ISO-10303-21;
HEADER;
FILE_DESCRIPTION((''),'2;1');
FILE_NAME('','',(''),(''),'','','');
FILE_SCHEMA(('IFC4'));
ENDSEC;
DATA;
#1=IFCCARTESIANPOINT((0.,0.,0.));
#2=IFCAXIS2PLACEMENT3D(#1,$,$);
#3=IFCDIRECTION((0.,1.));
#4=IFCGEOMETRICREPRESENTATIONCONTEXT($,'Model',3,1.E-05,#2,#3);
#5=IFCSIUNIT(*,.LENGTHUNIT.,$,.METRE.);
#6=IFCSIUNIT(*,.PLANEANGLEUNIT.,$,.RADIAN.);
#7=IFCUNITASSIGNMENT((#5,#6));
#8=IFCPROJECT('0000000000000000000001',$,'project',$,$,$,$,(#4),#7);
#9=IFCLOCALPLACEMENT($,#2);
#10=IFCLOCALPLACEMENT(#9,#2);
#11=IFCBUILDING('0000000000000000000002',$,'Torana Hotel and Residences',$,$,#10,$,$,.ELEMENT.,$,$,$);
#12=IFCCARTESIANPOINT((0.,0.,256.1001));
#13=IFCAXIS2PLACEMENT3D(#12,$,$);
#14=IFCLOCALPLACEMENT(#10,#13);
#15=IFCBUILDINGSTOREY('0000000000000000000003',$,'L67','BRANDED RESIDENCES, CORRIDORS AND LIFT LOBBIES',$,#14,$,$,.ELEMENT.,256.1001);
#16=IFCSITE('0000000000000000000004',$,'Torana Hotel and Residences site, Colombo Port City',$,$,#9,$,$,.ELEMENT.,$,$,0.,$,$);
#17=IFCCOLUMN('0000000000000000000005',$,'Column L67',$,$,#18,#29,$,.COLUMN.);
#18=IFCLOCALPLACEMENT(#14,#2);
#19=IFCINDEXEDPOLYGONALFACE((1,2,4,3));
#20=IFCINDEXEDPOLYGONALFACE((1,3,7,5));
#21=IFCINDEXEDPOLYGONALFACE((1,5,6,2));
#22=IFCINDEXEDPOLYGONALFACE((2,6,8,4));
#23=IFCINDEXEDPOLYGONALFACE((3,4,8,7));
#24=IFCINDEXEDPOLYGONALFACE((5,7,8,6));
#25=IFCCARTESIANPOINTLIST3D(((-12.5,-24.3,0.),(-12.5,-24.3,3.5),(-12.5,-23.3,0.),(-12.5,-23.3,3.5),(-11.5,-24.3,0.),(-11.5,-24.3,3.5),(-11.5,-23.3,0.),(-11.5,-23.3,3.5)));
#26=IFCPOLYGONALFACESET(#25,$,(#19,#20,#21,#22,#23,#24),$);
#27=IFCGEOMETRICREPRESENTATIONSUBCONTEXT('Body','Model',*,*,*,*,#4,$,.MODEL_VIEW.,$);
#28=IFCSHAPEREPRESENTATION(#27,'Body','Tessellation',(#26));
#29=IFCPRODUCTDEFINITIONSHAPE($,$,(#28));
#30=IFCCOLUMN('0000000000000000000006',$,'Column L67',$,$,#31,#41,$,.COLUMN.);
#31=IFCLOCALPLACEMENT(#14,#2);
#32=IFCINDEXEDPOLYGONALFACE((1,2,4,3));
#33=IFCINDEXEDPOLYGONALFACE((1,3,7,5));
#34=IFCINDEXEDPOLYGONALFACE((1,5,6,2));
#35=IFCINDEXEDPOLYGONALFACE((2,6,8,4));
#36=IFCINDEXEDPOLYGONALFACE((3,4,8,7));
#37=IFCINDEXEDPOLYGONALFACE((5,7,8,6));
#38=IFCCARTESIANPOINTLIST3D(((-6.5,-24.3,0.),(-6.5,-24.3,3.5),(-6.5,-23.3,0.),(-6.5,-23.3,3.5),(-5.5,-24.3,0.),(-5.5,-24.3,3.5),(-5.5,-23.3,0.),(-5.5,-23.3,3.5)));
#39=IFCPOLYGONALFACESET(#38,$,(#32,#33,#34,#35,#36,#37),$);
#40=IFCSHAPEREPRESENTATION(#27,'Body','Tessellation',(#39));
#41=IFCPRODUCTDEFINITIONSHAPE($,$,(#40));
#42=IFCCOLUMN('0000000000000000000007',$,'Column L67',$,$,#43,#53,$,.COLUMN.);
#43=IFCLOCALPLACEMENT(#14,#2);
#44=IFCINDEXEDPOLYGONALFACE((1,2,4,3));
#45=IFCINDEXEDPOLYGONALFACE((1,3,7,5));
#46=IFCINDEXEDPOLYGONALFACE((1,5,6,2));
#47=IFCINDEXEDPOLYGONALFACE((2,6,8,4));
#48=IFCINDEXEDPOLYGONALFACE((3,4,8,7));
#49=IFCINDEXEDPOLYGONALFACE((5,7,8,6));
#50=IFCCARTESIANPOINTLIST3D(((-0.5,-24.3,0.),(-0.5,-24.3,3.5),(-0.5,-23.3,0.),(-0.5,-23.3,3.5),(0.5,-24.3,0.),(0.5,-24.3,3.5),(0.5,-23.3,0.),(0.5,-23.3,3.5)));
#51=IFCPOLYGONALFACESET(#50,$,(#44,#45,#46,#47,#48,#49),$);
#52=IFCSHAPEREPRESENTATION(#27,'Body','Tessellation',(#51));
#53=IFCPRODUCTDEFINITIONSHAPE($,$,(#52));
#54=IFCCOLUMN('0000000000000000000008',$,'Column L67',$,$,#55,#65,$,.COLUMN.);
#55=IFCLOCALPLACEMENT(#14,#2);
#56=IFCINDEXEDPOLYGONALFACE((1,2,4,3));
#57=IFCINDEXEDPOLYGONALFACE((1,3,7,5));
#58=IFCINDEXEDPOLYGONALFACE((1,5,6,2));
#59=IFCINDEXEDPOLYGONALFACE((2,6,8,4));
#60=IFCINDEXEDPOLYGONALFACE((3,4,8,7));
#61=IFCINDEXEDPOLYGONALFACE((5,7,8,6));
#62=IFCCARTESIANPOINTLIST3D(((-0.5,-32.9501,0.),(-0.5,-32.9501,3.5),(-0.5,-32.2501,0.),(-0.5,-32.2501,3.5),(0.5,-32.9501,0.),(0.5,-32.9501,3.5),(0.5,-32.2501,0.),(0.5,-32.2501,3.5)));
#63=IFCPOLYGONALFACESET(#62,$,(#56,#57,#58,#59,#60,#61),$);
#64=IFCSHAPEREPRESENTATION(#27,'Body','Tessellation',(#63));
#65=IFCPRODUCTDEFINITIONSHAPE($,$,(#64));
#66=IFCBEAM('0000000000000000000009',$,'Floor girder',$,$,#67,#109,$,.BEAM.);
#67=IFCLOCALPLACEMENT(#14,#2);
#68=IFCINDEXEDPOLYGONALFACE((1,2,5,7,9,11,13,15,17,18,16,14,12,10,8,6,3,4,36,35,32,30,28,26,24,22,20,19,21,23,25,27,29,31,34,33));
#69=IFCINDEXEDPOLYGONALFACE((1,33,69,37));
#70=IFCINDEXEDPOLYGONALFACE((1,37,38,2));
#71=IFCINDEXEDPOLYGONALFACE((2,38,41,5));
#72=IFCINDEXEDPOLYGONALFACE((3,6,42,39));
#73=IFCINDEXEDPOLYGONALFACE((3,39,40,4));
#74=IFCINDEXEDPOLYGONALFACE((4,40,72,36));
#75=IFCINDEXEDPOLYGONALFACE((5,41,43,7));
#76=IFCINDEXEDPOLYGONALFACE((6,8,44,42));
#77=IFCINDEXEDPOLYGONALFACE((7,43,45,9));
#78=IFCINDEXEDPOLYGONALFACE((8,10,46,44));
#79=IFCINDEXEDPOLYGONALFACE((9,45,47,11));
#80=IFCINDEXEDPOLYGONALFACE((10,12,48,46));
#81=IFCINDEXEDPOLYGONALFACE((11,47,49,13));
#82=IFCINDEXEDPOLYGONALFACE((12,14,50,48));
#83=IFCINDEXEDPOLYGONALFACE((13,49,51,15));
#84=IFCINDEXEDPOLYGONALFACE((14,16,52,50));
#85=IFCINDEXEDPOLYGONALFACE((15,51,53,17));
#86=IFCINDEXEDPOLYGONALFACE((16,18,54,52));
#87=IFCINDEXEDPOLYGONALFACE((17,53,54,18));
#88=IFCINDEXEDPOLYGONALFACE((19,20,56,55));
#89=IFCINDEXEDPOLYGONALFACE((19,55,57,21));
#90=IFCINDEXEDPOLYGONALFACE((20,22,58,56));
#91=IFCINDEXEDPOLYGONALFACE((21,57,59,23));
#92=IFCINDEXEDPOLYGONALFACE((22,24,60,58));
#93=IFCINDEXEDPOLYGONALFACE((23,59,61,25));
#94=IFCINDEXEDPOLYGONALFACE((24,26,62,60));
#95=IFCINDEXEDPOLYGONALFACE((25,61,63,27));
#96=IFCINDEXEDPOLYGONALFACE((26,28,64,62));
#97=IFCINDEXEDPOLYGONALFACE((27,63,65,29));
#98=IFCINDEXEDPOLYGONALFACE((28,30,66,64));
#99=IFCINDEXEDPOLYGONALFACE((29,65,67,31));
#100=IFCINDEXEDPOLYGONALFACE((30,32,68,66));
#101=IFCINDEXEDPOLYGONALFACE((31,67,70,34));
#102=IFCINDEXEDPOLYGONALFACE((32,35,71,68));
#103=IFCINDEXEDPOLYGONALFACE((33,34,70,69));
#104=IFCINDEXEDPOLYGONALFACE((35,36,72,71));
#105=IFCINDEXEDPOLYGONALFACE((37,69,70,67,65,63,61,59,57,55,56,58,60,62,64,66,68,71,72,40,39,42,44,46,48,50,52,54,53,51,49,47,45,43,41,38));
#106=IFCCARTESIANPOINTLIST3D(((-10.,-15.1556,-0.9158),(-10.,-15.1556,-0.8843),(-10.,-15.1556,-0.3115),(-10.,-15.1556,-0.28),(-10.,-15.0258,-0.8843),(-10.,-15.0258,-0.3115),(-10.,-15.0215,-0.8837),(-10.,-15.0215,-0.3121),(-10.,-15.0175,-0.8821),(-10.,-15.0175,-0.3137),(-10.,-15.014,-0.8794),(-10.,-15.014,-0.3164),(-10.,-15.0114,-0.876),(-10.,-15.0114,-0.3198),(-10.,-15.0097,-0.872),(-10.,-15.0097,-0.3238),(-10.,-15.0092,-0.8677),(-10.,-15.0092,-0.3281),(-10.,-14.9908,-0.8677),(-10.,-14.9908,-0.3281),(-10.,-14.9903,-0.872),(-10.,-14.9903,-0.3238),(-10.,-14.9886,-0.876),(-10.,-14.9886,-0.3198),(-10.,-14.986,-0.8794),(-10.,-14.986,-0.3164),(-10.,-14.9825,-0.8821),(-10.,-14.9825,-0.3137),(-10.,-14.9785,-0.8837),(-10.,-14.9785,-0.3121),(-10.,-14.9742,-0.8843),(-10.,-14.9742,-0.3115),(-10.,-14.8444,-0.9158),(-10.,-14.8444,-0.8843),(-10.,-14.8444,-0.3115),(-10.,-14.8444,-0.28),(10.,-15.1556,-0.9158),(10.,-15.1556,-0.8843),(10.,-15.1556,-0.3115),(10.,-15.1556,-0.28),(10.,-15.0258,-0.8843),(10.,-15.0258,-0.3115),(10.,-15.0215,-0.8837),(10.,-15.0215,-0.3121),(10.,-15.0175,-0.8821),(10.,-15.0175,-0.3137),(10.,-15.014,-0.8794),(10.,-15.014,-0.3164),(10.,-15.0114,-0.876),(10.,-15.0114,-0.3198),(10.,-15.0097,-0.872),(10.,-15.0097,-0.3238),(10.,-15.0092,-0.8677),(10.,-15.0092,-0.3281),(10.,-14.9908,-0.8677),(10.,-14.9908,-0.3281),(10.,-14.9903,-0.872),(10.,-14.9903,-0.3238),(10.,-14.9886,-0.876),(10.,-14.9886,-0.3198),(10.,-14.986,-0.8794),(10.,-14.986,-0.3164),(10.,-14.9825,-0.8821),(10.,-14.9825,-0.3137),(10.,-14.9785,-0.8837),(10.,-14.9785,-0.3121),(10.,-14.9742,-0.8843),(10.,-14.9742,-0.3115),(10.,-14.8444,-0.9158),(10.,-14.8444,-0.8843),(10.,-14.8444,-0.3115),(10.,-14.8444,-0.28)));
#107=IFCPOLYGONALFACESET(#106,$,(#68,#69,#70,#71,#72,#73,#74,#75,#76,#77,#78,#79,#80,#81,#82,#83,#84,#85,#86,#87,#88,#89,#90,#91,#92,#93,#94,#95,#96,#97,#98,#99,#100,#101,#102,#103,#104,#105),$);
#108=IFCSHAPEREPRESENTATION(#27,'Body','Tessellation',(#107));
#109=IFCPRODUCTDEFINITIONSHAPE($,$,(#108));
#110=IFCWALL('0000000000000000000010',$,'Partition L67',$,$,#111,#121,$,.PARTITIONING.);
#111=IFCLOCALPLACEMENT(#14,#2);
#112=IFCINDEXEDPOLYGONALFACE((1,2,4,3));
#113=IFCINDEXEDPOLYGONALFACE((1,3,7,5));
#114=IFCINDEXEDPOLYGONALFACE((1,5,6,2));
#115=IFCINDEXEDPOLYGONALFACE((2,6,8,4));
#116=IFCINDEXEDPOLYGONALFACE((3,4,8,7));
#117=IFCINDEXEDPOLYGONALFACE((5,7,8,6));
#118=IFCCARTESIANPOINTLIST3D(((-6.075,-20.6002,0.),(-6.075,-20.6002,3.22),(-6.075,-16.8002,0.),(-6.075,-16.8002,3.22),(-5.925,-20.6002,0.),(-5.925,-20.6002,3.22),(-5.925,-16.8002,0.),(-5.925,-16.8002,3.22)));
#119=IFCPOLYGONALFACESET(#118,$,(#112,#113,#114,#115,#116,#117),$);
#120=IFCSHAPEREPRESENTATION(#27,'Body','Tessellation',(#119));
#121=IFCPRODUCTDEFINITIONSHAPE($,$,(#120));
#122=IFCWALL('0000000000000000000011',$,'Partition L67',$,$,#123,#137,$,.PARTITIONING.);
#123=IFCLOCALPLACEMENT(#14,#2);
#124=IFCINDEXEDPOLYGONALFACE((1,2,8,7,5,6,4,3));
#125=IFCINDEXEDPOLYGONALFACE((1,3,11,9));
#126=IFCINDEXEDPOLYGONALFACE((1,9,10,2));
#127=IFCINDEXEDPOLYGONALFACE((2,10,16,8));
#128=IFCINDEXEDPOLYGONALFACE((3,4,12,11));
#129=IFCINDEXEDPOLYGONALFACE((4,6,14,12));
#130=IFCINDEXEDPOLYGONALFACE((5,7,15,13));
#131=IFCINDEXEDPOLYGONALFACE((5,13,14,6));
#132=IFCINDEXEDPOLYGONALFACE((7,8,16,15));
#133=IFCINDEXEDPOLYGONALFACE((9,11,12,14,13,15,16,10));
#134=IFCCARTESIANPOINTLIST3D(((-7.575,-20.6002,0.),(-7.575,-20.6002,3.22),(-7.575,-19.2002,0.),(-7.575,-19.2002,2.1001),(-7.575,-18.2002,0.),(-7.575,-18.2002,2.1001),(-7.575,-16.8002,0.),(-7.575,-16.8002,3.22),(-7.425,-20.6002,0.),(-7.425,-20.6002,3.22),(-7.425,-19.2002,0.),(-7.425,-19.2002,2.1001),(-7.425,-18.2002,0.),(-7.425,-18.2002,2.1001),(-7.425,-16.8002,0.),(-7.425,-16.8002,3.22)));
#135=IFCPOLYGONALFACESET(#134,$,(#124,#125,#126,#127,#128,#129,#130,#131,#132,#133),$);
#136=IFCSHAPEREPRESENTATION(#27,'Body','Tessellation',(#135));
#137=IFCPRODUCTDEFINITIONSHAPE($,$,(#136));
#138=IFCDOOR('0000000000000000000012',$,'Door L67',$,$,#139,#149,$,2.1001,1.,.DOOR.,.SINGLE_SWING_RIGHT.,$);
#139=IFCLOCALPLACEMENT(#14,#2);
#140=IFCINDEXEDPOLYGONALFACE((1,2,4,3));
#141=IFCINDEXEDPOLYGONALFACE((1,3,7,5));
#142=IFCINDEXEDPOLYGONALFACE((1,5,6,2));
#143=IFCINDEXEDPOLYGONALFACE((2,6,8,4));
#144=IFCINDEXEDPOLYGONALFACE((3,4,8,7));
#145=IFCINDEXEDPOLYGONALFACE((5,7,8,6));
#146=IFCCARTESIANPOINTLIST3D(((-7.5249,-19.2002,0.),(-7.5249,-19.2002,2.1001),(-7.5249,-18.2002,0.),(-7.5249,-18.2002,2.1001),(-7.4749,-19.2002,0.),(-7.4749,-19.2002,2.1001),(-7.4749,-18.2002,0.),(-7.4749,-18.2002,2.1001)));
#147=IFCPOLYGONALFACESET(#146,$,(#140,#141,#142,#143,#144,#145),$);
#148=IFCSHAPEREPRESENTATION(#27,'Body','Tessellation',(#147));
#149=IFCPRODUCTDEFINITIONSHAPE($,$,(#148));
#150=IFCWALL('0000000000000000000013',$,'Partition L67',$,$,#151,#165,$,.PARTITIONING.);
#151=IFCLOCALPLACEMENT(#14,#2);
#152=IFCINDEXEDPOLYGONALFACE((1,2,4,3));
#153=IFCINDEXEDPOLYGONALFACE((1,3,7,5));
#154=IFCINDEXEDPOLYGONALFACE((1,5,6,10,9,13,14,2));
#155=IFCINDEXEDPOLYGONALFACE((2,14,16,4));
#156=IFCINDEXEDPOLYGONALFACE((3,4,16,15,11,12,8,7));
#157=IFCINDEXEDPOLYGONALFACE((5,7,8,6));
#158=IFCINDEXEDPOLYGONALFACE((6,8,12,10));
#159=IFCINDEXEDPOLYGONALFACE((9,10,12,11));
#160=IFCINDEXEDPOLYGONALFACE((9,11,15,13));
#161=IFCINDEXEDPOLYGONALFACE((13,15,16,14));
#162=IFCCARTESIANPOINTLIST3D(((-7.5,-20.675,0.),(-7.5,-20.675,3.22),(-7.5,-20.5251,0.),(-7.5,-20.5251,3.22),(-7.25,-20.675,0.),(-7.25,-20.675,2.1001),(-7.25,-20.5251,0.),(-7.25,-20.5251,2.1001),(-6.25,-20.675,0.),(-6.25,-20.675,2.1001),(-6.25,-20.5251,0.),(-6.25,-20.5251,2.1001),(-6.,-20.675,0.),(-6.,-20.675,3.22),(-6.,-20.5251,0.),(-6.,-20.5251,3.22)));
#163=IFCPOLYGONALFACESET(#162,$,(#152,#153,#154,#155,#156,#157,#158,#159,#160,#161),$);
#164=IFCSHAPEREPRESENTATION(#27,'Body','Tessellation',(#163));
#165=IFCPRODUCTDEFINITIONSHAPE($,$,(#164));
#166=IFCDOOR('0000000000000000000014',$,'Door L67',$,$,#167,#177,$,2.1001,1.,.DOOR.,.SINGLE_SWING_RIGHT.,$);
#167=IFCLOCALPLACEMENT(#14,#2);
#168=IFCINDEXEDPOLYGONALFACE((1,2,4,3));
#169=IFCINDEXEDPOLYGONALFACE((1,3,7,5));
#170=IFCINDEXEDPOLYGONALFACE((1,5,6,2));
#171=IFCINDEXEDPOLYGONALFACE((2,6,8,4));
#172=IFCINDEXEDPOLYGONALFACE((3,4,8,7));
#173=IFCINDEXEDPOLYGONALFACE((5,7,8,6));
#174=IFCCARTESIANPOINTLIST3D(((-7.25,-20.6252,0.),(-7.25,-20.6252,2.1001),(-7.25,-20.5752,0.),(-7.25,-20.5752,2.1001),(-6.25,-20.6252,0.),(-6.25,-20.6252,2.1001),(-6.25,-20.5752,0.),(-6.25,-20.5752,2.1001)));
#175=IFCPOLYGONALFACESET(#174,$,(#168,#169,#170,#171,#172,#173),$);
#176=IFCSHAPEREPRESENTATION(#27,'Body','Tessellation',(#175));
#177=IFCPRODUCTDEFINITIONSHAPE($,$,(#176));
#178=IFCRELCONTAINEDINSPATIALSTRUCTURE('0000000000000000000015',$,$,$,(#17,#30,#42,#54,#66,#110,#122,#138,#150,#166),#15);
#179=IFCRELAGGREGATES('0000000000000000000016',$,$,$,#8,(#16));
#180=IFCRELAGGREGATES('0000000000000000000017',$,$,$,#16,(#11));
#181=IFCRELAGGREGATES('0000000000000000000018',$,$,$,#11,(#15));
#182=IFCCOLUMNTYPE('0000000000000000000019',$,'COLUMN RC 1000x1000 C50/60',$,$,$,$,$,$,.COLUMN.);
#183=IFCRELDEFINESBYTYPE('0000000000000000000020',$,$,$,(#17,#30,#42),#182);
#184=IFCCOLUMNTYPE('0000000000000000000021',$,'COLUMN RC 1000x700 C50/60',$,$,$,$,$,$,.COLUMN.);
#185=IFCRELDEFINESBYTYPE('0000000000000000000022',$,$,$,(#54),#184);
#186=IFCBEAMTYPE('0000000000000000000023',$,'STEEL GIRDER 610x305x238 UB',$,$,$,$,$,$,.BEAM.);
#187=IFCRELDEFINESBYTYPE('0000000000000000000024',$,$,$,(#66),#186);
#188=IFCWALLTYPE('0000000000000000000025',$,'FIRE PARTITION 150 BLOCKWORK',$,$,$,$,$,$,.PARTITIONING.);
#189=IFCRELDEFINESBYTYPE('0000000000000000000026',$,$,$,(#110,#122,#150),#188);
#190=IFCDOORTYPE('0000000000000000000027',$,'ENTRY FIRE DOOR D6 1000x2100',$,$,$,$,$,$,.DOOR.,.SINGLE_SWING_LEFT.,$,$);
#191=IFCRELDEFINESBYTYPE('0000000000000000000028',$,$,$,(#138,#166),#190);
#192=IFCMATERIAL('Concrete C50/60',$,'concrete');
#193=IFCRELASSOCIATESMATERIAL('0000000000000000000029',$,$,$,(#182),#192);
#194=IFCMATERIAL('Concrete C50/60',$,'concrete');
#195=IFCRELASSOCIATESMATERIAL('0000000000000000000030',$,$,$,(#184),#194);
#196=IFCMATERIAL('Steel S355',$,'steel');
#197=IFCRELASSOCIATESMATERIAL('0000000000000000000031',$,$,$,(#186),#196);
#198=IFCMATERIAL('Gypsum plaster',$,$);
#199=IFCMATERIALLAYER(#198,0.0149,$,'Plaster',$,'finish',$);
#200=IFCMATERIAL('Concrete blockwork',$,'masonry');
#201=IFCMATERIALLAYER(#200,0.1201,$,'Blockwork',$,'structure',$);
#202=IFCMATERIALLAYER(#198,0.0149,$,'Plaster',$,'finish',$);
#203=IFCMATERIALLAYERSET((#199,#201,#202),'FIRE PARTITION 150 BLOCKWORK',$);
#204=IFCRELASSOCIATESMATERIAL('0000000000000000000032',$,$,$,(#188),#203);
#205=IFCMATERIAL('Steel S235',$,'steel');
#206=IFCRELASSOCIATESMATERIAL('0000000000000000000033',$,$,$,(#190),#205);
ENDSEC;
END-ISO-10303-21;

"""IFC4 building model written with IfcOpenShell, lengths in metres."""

from ifc_helpers import new_model, si_unit, direction, frame, frame_2d, origin, origin_2d, place, context, subcontext, project, spatial, rectangle, i_section, extrude, material, layer, layer_set, material_profile, profile_set, type_object, element, fill, save


model = new_model("IFC4")

# Units and contexts
model_context = context("Model", 3, precision=1e-05, world=origin(), true_north=direction((0.0, 1.0)))
body_context = subcontext(model_context, "Body", "Model", "MODEL_VIEW")
ifc_project = project(units=[si_unit("LENGTHUNIT", "METRE"), si_unit("PLANEANGLEUNIT", "RADIAN")], contexts=[model_context])

# Site, building, storey
site_placement = place(None, origin())
site = spatial("IfcSite", under=ifc_project, at=site_placement, Name="Torana Hotel and Residences site, Colombo Port City", CompositionType="ELEMENT", RefElevation=0.0)
building_placement = place(site_placement, origin())
building = spatial("IfcBuilding", under=site, at=building_placement, Name="Torana Hotel and Residences", CompositionType="ELEMENT")
storey_placement = place(building_placement, frame((0.0, 0.0, 256.1001)))
storey = spatial("IfcBuildingStorey", under=building, at=storey_placement, Name="L67", Description="BRANDED RESIDENCES, CORRIDORS AND LIFT LOBBIES", CompositionType="ELEMENT", Elevation=256.1001)

# Columns
ifc_material_1 = material(Name="Concrete C50/60", Category="concrete")
ifc_material_profile_1 = material_profile(ifc_material_1, rectangle(XDim=1.0, YDim=1.0, at=origin_2d()), Name="RC 1000x1000")
ifc_profile_set_1 = profile_set([ifc_material_profile_1], Name="Concrete C50/60")
column_type_1 = type_object("IfcColumnType", Name="COLUMN RC 1000x1000 C50/60", PredefinedType="COLUMN", material=ifc_profile_set_1)
for number, where, z_axis, x_axis, name in (
    (1, (-12.0, -23.8, 0.0), (0.0, 0.0, 1.0), (1.0, 0.0, 0.0), "Column L67"),
    (2, (-6.0, -23.8, 0.0), (0.0, 0.0, 1.0), (1.0, 0.0, 0.0), "Column L67"),
    (3, (0.0, -23.8, 0.0), (0.0, 0.0, 1.0), (1.0, 0.0, 0.0), "Column L67"),
):
    element("IfcColumn", number, at=place(storey_placement, frame(where, z_axis=z_axis, x_axis=x_axis)), inside=storey, type_object=column_type_1, Name=name, PredefinedType="COLUMN", context=body_context, shape_type="SweptSolid", body=[
        extrude(rectangle(XDim=1.0, YDim=1.0, at=origin_2d()), origin(), (0.0, 0.0, 1.0), 3.5),
    ])
ifc_material_2 = material(Name="Concrete C50/60", Category="concrete")
ifc_material_profile_2 = material_profile(ifc_material_2, rectangle(XDim=1.0, YDim=0.7, at=origin_2d()), Name="RC 1000x700")
ifc_profile_set_2 = profile_set([ifc_material_profile_2], Name="Concrete C50/60")
column_type_2 = type_object("IfcColumnType", Name="COLUMN RC 1000x700 C50/60", PredefinedType="COLUMN", material=ifc_profile_set_2)
column_placement = place(storey_placement, frame((0.0, -32.6001, 0.0), z_axis=(0.0, 0.0, 1.0), x_axis=(1.0, 0.0, 0.0)))
element("IfcColumn", 4, at=column_placement, inside=storey, type_object=column_type_2, Name="Column L67", PredefinedType="COLUMN", context=body_context, shape_type="SweptSolid", body=[
    extrude(rectangle(XDim=1.0, YDim=0.7, at=origin_2d()), origin(), (0.0, 0.0, 1.0), 3.5),
])

# Beam
ifc_material_3 = material(Name="Steel S355", Category="steel")
ifc_material_profile_3 = material_profile(ifc_material_3, i_section(OverallWidth=0.3113, OverallDepth=0.6357, WebThickness=0.0183, FlangeThickness=0.0315, FilletRadius=0.0166, at=origin_2d()), Name="610x305x238 UB")
ifc_profile_set_3 = profile_set([ifc_material_profile_3], Name="Steel S355")
beam_type = type_object("IfcBeamType", Name="STEEL GIRDER 610x305x238 UB", PredefinedType="BEAM", material=ifc_profile_set_3)
beam_placement = place(storey_placement, frame((-10.0, -15.0, -0.5979), z_axis=(1.0, 0.0, 0.0), x_axis=(0.0, 1.0, 0.0)))
element("IfcBeam", 5, at=beam_placement, inside=storey, type_object=beam_type, Name="Floor girder", PredefinedType="BEAM", context=body_context, shape_type="SweptSolid", body=[
    extrude(i_section(OverallWidth=0.3113, OverallDepth=0.6357, WebThickness=0.0183, FlangeThickness=0.0315, FilletRadius=0.0166, at=origin_2d()), origin(), (0.0, 0.0, 1.0), 20.0),
])

# Wall
ifc_material_4 = material(Name="Gypsum plaster")
ifc_layer_1 = layer(ifc_material_4, 0.0149, Name="Plaster", Category="finish")
ifc_material_5 = material(Name="Concrete blockwork", Category="masonry")
ifc_layer_2 = layer(ifc_material_5, 0.1201, Name="Blockwork", Category="structure")
ifc_layer_3 = layer(ifc_material_4, 0.0149, Name="Plaster", Category="finish")
ifc_layer_set_1 = layer_set([ifc_layer_1, ifc_layer_2, ifc_layer_3], Name="FIRE PARTITION 150 BLOCKWORK")
wall_type_1 = type_object("IfcWallType", Name="FIRE PARTITION 150 BLOCKWORK", PredefinedType="PARTITIONING", material=ifc_layer_set_1)
wall_1_placement = place(storey_placement, frame((-6.0, -20.6001, 0.0), z_axis=(0.0, 0.0, 1.0), x_axis=(0.0, 1.0, 0.0)))
element("IfcWall", 6, at=wall_1_placement, inside=storey, type_object=wall_type_1, Name="Partition L67", PredefinedType="PARTITIONING", context=body_context, shape_type="SweptSolid", body=[
    extrude(rectangle(XDim=3.8, YDim=0.1499, at=frame_2d((1.8999, 0.0))), origin(), (0.0, 0.0, 1.0), 3.22),
])

# Walls, openings, doors
wall_2_placement = place(storey_placement, frame((-7.5, -20.6001, 0.0), z_axis=(0.0, 0.0, 1.0), x_axis=(0.0, 1.0, 0.0)))
wall_2 = element("IfcWall", 7, at=wall_2_placement, inside=storey, type_object=wall_type_1, Name="Partition L67", PredefinedType="PARTITIONING", context=body_context, shape_type="SweptSolid", body=[
    extrude(rectangle(XDim=3.8, YDim=0.1499, at=frame_2d((1.8999, 0.0))), origin(), (0.0, 0.0, 1.0), 3.22),
])
opening_1_placement = place(wall_2_placement, frame((1.3999, 0.0, 0.0)))
opening_1 = element("IfcOpeningElement", 8, at=opening_1_placement, cuts=wall_2, PredefinedType="OPENING", context=body_context, shape_type="SweptSolid", body=[
    extrude(rectangle(XDim=1.0, YDim=2.1001, at=frame_2d((0.5, 1.05))), frame((0.0, 0.085, 0.0), z_axis=(0.0, -1.0, 0.0), x_axis=(1.0, 0.0, 0.0)), (0.0, 0.0, 1.0), 0.1699),
])
ifc_material_6 = material(Name="Steel S235", Category="steel")
door_type_1 = type_object("IfcDoorType", Name="ENTRY FIRE DOOR D6 1000x2100", OperationType="SINGLE_SWING_LEFT", PredefinedType="DOOR", material=ifc_material_6)
door_1_placement = place(opening_1_placement, origin())
door_1 = element("IfcDoor", 9, at=door_1_placement, inside=storey, type_object=door_type_1, Name="Door L67", OperationType="SINGLE_SWING_RIGHT", OverallHeight=2.1001, OverallWidth=1.0, PredefinedType="DOOR", context=body_context, shape_type="SweptSolid", body=[
    extrude(rectangle(XDim=1.0, YDim=2.1001, at=frame_2d((0.5, 1.05))), frame((0.0, 0.0249, 0.0), z_axis=(0.0, -1.0, 0.0), x_axis=(1.0, 0.0, 0.0)), (0.0, 0.0, 1.0), 0.05),
])
fill(opening_1, door_1)
wall_3_placement = place(storey_placement, frame((-7.5, -20.6001, 0.0), z_axis=(0.0, 0.0, 1.0), x_axis=(1.0, 0.0, 0.0)))
wall_3 = element("IfcWall", 10, at=wall_3_placement, inside=storey, type_object=wall_type_1, Name="Partition L67", PredefinedType="PARTITIONING", context=body_context, shape_type="SweptSolid", body=[
    extrude(rectangle(XDim=1.5, YDim=0.1499, at=frame_2d((0.75, 0.0))), origin(), (0.0, 0.0, 1.0), 3.22),
])
opening_2_placement = place(wall_3_placement, frame((0.25, 0.0, 0.0)))
opening_2 = element("IfcOpeningElement", 11, at=opening_2_placement, cuts=wall_3, PredefinedType="OPENING", context=body_context, shape_type="SweptSolid", body=[
    extrude(rectangle(XDim=1.0, YDim=2.1001, at=frame_2d((0.5, 1.05))), frame((0.0, 0.085, 0.0), z_axis=(0.0, -1.0, 0.0), x_axis=(1.0, 0.0, 0.0)), (0.0, 0.0, 1.0), 0.1699),
])
door_2_placement = place(opening_2_placement, frame((0.5, 0.0, 0.0), z_axis=(0.0, 0.0, 1.0), x_axis=(-1.0, 0.0, 0.0)))
door_2 = element("IfcDoor", 12, at=door_2_placement, inside=storey, type_object=door_type_1, Name="Door L67", OperationType="SINGLE_SWING_RIGHT", OverallHeight=2.1001, OverallWidth=1.0, PredefinedType="DOOR", context=body_context, shape_type="SweptSolid", body=[
    extrude(rectangle(XDim=1.0, YDim=2.1001, at=frame_2d((0.0, 1.05))), frame((0.0, -0.0249, 0.0), z_axis=(0.0, 1.0, 0.0), x_axis=(-1.0, 0.0, 0.0)), (0.0, 0.0, 1.0), 0.05),
])
fill(opening_2, door_2)

save(model, "model.ifc")
